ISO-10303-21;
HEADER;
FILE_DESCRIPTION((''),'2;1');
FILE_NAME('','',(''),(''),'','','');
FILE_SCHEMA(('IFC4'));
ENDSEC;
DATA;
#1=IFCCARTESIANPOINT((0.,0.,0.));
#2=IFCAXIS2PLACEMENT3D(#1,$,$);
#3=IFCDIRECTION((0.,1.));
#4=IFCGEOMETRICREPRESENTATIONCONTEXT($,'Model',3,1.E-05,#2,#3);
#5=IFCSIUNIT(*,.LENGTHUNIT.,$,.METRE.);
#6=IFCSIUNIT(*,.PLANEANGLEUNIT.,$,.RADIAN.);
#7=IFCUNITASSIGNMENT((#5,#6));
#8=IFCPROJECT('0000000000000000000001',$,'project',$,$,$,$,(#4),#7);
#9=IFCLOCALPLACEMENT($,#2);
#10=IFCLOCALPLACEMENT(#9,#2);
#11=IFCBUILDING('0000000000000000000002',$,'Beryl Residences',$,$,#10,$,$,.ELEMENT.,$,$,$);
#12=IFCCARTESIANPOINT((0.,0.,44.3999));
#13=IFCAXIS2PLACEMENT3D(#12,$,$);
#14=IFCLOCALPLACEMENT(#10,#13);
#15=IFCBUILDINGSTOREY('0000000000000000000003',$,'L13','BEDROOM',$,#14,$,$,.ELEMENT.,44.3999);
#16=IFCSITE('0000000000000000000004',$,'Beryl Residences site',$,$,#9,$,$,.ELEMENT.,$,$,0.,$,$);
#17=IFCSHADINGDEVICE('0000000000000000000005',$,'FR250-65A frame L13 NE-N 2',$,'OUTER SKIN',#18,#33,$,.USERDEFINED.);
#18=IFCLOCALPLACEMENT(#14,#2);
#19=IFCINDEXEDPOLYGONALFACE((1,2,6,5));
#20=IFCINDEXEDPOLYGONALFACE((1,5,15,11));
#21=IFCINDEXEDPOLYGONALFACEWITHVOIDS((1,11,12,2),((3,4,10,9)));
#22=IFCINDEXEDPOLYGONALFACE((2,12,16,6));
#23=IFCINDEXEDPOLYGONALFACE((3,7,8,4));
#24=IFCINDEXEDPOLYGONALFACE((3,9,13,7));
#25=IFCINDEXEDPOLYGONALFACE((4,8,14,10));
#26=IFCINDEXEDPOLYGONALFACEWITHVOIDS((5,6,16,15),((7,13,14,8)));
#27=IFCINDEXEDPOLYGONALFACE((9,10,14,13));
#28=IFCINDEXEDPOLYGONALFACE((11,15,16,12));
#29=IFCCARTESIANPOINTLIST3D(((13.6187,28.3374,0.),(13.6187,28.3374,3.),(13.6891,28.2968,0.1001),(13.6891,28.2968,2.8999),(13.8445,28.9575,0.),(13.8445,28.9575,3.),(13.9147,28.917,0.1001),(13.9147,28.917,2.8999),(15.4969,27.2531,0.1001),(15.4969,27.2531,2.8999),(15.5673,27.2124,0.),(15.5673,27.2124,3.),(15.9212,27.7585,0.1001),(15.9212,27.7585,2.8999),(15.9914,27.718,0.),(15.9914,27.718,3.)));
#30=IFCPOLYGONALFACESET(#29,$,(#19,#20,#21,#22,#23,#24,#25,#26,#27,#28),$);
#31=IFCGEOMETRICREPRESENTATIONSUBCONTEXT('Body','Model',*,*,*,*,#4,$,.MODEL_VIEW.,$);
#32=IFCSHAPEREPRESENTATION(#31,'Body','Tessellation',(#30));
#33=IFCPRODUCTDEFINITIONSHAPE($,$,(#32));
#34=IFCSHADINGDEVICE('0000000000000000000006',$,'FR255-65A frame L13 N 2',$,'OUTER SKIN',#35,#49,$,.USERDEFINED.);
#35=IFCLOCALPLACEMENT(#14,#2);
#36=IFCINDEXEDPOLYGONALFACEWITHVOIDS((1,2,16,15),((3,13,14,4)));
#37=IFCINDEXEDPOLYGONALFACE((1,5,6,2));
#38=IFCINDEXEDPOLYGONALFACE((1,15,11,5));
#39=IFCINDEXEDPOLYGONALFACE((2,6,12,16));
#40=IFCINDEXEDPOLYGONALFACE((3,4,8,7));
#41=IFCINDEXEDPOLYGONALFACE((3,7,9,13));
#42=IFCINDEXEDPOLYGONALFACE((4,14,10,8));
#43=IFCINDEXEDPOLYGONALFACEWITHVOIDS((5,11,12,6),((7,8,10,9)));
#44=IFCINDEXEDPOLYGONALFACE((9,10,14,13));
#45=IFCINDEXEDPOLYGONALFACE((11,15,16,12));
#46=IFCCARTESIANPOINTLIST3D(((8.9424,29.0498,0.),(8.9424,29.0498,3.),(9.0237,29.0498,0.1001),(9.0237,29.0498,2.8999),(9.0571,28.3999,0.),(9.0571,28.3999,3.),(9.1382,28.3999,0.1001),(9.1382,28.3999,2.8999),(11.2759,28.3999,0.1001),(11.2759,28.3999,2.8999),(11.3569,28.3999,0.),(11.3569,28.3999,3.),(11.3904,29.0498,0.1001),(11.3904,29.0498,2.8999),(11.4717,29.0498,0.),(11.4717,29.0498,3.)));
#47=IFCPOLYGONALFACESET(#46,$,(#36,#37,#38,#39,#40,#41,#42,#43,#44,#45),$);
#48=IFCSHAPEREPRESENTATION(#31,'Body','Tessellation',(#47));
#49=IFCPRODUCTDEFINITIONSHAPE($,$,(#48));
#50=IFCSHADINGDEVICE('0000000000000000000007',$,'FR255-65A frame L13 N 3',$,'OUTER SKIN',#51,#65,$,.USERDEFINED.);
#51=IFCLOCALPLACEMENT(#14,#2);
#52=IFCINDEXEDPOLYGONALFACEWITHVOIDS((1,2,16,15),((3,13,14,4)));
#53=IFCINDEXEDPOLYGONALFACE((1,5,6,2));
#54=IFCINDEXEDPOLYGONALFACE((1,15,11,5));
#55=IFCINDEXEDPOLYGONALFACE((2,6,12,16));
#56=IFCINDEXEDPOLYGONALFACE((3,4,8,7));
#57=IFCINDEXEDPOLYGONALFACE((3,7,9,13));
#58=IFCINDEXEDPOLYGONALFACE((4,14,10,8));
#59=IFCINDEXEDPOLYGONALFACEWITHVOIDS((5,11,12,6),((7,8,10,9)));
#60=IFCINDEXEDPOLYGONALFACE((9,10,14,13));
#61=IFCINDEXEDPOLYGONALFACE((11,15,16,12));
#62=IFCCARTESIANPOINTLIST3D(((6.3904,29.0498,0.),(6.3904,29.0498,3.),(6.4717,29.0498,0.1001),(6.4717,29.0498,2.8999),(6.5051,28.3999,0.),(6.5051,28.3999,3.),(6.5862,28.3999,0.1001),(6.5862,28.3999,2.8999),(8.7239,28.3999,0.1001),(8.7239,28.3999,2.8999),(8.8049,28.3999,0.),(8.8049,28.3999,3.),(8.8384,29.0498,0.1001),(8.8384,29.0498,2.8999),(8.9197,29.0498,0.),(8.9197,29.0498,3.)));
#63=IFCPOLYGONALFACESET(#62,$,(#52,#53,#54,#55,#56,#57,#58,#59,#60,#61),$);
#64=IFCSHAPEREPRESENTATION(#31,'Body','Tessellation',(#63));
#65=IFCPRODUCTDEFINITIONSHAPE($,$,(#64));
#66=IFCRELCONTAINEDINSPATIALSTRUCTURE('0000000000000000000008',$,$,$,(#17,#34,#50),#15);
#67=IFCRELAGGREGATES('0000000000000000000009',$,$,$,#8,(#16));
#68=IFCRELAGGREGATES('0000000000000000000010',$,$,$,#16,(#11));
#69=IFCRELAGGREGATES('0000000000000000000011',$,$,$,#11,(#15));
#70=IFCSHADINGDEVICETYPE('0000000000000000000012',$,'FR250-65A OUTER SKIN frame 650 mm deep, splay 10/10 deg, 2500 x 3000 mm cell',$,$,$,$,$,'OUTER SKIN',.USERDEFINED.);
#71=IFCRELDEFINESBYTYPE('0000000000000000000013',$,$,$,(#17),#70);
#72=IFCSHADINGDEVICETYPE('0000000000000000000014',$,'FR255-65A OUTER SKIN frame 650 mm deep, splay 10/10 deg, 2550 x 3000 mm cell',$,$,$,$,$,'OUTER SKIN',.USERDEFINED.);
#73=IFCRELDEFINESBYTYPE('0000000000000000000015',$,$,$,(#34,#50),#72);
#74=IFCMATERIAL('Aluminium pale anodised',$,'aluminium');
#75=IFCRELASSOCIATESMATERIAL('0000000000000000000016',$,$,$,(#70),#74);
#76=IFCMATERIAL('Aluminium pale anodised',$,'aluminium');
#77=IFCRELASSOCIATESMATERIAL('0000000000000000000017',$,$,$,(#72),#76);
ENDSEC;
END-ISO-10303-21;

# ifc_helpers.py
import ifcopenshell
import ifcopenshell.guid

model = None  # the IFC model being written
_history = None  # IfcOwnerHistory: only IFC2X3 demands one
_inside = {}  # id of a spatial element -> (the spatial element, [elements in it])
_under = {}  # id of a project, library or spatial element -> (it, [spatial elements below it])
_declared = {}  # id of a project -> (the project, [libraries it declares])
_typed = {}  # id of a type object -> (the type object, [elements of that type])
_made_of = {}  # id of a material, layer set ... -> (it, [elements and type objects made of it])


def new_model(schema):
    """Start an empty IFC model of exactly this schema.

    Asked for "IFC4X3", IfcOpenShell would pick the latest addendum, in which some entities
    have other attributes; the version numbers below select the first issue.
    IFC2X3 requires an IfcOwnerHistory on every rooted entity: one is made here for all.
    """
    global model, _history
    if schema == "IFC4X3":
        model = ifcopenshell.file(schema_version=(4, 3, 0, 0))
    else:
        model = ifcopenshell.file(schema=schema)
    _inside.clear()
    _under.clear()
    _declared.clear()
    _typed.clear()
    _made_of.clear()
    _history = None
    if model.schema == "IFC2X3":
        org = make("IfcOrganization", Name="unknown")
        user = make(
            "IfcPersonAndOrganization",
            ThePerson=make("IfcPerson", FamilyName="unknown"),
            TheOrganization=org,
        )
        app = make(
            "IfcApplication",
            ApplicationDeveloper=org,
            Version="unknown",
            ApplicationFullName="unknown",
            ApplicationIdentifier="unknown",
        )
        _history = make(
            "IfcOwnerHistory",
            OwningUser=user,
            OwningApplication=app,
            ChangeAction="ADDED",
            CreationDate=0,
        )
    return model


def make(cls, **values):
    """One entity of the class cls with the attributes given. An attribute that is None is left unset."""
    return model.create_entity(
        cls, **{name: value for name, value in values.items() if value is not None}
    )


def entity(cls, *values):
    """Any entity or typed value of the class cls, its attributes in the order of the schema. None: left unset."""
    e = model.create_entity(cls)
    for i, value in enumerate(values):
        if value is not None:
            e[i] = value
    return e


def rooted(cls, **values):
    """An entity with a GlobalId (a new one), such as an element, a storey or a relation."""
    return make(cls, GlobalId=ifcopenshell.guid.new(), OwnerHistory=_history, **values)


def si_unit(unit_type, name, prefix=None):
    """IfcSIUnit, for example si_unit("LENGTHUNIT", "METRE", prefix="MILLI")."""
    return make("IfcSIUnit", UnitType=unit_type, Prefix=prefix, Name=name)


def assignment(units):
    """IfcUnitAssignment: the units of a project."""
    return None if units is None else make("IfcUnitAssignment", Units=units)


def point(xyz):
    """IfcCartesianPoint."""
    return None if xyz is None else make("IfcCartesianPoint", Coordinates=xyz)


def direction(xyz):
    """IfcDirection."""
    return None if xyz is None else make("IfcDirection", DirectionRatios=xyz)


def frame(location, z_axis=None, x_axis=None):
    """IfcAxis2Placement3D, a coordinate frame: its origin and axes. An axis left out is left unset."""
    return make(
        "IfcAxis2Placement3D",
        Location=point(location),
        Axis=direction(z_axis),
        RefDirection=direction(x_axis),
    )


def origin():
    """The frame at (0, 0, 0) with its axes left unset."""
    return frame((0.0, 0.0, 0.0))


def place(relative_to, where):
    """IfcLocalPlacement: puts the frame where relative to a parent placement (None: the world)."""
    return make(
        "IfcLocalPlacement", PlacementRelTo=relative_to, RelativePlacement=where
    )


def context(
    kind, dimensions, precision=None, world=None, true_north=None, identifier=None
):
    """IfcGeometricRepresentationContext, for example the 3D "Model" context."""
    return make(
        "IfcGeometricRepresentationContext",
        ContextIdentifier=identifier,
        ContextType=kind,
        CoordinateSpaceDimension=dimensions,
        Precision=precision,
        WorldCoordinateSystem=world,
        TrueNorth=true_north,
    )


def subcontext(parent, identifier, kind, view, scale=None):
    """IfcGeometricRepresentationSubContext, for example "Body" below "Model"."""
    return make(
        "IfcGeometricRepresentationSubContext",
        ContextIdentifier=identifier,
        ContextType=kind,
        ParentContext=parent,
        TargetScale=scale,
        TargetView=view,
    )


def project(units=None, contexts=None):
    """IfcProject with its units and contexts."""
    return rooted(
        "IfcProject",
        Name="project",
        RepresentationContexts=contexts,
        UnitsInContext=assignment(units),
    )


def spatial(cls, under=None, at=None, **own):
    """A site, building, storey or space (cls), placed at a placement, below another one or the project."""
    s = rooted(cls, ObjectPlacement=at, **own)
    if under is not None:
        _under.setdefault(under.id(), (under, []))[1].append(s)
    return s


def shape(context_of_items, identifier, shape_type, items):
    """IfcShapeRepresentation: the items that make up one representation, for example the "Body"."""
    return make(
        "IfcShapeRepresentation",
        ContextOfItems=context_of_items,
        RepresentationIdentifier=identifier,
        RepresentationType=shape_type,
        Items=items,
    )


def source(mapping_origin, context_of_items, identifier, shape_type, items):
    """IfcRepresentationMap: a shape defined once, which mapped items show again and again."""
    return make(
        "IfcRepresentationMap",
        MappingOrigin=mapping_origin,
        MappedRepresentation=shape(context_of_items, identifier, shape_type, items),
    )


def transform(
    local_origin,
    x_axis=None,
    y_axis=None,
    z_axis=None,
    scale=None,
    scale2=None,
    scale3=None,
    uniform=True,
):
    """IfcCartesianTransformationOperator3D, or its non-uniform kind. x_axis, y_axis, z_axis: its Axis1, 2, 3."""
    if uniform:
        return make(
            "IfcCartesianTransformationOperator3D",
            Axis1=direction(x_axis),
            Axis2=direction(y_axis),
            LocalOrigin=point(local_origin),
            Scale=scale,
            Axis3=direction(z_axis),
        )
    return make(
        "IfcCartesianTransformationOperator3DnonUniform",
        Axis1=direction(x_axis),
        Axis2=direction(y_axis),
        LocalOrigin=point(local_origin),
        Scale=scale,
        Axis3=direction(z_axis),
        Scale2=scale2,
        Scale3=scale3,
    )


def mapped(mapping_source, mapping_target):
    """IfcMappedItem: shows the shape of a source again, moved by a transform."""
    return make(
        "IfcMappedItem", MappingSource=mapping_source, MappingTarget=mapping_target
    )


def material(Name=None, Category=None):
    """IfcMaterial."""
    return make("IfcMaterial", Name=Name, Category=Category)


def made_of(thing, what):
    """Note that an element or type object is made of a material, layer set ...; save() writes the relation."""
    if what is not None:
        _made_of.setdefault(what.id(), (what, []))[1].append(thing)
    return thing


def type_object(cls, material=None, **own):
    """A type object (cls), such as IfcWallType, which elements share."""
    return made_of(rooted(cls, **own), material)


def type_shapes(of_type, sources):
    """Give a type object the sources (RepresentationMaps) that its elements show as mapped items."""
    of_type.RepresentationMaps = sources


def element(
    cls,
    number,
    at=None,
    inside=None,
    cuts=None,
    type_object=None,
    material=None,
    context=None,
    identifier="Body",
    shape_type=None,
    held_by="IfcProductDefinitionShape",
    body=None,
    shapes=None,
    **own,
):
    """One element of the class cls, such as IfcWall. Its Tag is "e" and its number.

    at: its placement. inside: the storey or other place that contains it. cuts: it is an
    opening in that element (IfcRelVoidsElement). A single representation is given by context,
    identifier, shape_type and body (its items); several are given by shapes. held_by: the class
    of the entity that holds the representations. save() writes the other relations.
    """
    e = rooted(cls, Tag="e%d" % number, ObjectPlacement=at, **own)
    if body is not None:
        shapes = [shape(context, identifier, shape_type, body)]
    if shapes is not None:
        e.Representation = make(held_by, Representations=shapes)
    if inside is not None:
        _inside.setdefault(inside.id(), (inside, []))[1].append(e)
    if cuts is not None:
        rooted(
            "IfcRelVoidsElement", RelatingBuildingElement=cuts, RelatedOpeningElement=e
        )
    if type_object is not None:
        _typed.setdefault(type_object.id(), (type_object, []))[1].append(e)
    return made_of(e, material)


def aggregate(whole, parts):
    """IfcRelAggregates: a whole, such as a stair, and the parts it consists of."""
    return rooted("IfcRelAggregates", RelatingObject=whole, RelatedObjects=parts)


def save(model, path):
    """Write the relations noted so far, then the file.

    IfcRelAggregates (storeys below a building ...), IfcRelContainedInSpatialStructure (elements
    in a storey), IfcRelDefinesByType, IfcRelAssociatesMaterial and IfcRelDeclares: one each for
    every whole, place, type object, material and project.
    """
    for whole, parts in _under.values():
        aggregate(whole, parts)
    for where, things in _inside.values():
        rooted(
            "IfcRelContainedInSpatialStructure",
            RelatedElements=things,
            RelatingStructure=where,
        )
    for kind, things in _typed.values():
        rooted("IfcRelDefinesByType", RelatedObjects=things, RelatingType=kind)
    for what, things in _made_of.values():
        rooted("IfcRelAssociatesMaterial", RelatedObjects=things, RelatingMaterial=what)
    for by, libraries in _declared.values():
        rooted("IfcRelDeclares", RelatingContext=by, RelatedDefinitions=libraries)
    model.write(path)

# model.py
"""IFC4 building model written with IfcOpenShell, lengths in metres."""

from ifc_helpers import new_model, entity, si_unit, direction, frame, origin, place, context, subcontext, project, spatial, source, transform, mapped, material, type_object, type_shapes, element, save


model = new_model("IFC4")

# Units and contexts
model_context = context("Model", 3, precision=1e-05, world=origin(), true_north=direction((0.0, 1.0)))
body_context = subcontext(model_context, "Body", "Model", "MODEL_VIEW")
ifc_project = project(units=[si_unit("LENGTHUNIT", "METRE"), si_unit("PLANEANGLEUNIT", "RADIAN")], contexts=[model_context])

# Site, building, storey
site_placement = place(None, origin())
site = spatial("IfcSite", under=ifc_project, at=site_placement, Name="Beryl Residences site", CompositionType="ELEMENT", RefElevation=0.0)
building_placement = place(site_placement, origin())
building = spatial("IfcBuilding", under=site, at=building_placement, Name="Beryl Residences", CompositionType="ELEMENT")
storey_placement = place(building_placement, frame((0.0, 0.0, 44.3999)))
storey = spatial("IfcBuildingStorey", under=building, at=storey_placement, Name="L13", Description="BEDROOM", CompositionType="ELEMENT", Elevation=44.3999)

# Shading devices
ifc_material_1 = material(Name="Aluminium pale anodised", Category="aluminium")
shading_device_type_1 = type_object("IfcShadingDeviceType", Name="FR250-65A OUTER SKIN frame 650 mm deep, splay 10/10 deg, 2500 x 3000 mm cell", ElementType="OUTER SKIN", PredefinedType="USERDEFINED", material=ifc_material_1)
cartesian_point_1 = entity("IfcCartesianPoint", [-1.125, 0.0])
cartesian_point_2 = entity("IfcCartesianPoint", [-1.0437, 0.1001])
cartesian_point_3 = entity("IfcCartesianPoint", [-1.2395, 0.0])
cartesian_point_4 = entity("IfcCartesianPoint", [-1.1584, 0.1001])
shared_shape_1 = source(origin(), body_context, "Body", "SweptSolid", [
    entity("IfcExtrudedAreaSolidTapered", entity("IfcArbitraryProfileDefWithVoids", "AREA", None, entity("IfcPolyline", [cartesian_point_1, entity("IfcCartesianPoint", [1.125, 0.0]), entity("IfcCartesianPoint", [1.125, 3.0]), entity("IfcCartesianPoint", [-1.125, 3.0]), cartesian_point_1]), [entity("IfcPolyline", [cartesian_point_2, entity("IfcCartesianPoint", [1.0437, 0.1001]), entity("IfcCartesianPoint", [1.0437, 2.8999]), entity("IfcCartesianPoint", [-1.0437, 2.8999]), cartesian_point_2])]), entity("IfcAxis2Placement3D", entity("IfcCartesianPoint", [0.0, 0.0, 0.0]), entity("IfcDirection", [0.0, 1.0, 0.0]), entity("IfcDirection", [-1.0, 0.0, 0.0])), entity("IfcDirection", [0.0, 0.0, 1.0]), 0.6499, entity("IfcArbitraryProfileDefWithVoids", "AREA", None, entity("IfcPolyline", [cartesian_point_3, entity("IfcCartesianPoint", [1.2395, 0.0]), entity("IfcCartesianPoint", [1.2395, 3.0]), entity("IfcCartesianPoint", [-1.2395, 3.0]), cartesian_point_3]), [entity("IfcPolyline", [cartesian_point_4, entity("IfcCartesianPoint", [1.1584, 0.1001]), entity("IfcCartesianPoint", [1.1584, 2.8999]), entity("IfcCartesianPoint", [-1.1584, 2.8999]), cartesian_point_4])])),
])
type_shapes(shading_device_type_1, [shared_shape_1])
shading_device_1_placement = place(storey_placement, frame((14.593, 27.7749, 0.0), z_axis=(0.0, 0.0, 1.0), x_axis=(0.866025, -0.5, 0.0)))
element("IfcShadingDevice", 1, at=shading_device_1_placement, inside=storey, type_object=shading_device_type_1, Name="FR250-65A frame L13 NE-N 2", ObjectType="OUTER SKIN", PredefinedType="USERDEFINED", context=body_context, shape_type="MappedRepresentation", body=[
    mapped(shared_shape_1, transform((0.0, 0.0, 0.0))),
])
ifc_material_2 = material(Name="Aluminium pale anodised", Category="aluminium")
shading_device_type_2 = type_object("IfcShadingDeviceType", Name="FR255-65A OUTER SKIN frame 650 mm deep, splay 10/10 deg, 2550 x 3000 mm cell", ElementType="OUTER SKIN", PredefinedType="USERDEFINED", material=ifc_material_2)
cartesian_point_5 = entity("IfcCartesianPoint", [-1.1499, 0.0])
cartesian_point_6 = entity("IfcCartesianPoint", [-1.0688, 0.1001])
cartesian_point_7 = entity("IfcCartesianPoint", [-1.2646, 0.0])
cartesian_point_8 = entity("IfcCartesianPoint", [-1.1833, 0.1001])
shared_shape_2 = source(origin(), body_context, "Body", "SweptSolid", [
    entity("IfcExtrudedAreaSolidTapered", entity("IfcArbitraryProfileDefWithVoids", "AREA", None, entity("IfcPolyline", [cartesian_point_5, entity("IfcCartesianPoint", [1.1499, 0.0]), entity("IfcCartesianPoint", [1.1499, 3.0]), entity("IfcCartesianPoint", [-1.1499, 3.0]), cartesian_point_5]), [entity("IfcPolyline", [cartesian_point_6, entity("IfcCartesianPoint", [1.0688, 0.1001]), entity("IfcCartesianPoint", [1.0688, 2.8999]), entity("IfcCartesianPoint", [-1.0688, 2.8999]), cartesian_point_6])]), entity("IfcAxis2Placement3D", entity("IfcCartesianPoint", [0.0, 0.0, 0.0]), entity("IfcDirection", [0.0, 1.0, 0.0]), entity("IfcDirection", [-1.0, 0.0, 0.0])), entity("IfcDirection", [0.0, 0.0, 1.0]), 0.6499, entity("IfcArbitraryProfileDefWithVoids", "AREA", None, entity("IfcPolyline", [cartesian_point_7, entity("IfcCartesianPoint", [1.2646, 0.0]), entity("IfcCartesianPoint", [1.2646, 3.0]), entity("IfcCartesianPoint", [-1.2646, 3.0]), cartesian_point_7]), [entity("IfcPolyline", [cartesian_point_8, entity("IfcCartesianPoint", [1.1833, 0.1001]), entity("IfcCartesianPoint", [1.1833, 2.8999]), entity("IfcCartesianPoint", [-1.1833, 2.8999]), cartesian_point_8])])),
])
type_shapes(shading_device_type_2, [shared_shape_2])
for number, where, z_axis, x_axis, name in (
    (2, (10.207, 28.3999, 0.0), (0.0, 0.0, 1.0), (1.0, 0.0, 0.0), "FR255-65A frame L13 N 2"),
    (3, (7.655, 28.3999, 0.0), (0.0, 0.0, 1.0), (1.0, 0.0, 0.0), "FR255-65A frame L13 N 3"),
):
    element("IfcShadingDevice", number, at=place(storey_placement, frame(where, z_axis=z_axis, x_axis=x_axis)), inside=storey, type_object=shading_device_type_2, Name=name, ObjectType="OUTER SKIN", PredefinedType="USERDEFINED", context=body_context, shape_type="MappedRepresentation", body=[
        mapped(shared_shape_2, transform((0.0, 0.0, 0.0))),
    ])

save(model, "model.ifc")
